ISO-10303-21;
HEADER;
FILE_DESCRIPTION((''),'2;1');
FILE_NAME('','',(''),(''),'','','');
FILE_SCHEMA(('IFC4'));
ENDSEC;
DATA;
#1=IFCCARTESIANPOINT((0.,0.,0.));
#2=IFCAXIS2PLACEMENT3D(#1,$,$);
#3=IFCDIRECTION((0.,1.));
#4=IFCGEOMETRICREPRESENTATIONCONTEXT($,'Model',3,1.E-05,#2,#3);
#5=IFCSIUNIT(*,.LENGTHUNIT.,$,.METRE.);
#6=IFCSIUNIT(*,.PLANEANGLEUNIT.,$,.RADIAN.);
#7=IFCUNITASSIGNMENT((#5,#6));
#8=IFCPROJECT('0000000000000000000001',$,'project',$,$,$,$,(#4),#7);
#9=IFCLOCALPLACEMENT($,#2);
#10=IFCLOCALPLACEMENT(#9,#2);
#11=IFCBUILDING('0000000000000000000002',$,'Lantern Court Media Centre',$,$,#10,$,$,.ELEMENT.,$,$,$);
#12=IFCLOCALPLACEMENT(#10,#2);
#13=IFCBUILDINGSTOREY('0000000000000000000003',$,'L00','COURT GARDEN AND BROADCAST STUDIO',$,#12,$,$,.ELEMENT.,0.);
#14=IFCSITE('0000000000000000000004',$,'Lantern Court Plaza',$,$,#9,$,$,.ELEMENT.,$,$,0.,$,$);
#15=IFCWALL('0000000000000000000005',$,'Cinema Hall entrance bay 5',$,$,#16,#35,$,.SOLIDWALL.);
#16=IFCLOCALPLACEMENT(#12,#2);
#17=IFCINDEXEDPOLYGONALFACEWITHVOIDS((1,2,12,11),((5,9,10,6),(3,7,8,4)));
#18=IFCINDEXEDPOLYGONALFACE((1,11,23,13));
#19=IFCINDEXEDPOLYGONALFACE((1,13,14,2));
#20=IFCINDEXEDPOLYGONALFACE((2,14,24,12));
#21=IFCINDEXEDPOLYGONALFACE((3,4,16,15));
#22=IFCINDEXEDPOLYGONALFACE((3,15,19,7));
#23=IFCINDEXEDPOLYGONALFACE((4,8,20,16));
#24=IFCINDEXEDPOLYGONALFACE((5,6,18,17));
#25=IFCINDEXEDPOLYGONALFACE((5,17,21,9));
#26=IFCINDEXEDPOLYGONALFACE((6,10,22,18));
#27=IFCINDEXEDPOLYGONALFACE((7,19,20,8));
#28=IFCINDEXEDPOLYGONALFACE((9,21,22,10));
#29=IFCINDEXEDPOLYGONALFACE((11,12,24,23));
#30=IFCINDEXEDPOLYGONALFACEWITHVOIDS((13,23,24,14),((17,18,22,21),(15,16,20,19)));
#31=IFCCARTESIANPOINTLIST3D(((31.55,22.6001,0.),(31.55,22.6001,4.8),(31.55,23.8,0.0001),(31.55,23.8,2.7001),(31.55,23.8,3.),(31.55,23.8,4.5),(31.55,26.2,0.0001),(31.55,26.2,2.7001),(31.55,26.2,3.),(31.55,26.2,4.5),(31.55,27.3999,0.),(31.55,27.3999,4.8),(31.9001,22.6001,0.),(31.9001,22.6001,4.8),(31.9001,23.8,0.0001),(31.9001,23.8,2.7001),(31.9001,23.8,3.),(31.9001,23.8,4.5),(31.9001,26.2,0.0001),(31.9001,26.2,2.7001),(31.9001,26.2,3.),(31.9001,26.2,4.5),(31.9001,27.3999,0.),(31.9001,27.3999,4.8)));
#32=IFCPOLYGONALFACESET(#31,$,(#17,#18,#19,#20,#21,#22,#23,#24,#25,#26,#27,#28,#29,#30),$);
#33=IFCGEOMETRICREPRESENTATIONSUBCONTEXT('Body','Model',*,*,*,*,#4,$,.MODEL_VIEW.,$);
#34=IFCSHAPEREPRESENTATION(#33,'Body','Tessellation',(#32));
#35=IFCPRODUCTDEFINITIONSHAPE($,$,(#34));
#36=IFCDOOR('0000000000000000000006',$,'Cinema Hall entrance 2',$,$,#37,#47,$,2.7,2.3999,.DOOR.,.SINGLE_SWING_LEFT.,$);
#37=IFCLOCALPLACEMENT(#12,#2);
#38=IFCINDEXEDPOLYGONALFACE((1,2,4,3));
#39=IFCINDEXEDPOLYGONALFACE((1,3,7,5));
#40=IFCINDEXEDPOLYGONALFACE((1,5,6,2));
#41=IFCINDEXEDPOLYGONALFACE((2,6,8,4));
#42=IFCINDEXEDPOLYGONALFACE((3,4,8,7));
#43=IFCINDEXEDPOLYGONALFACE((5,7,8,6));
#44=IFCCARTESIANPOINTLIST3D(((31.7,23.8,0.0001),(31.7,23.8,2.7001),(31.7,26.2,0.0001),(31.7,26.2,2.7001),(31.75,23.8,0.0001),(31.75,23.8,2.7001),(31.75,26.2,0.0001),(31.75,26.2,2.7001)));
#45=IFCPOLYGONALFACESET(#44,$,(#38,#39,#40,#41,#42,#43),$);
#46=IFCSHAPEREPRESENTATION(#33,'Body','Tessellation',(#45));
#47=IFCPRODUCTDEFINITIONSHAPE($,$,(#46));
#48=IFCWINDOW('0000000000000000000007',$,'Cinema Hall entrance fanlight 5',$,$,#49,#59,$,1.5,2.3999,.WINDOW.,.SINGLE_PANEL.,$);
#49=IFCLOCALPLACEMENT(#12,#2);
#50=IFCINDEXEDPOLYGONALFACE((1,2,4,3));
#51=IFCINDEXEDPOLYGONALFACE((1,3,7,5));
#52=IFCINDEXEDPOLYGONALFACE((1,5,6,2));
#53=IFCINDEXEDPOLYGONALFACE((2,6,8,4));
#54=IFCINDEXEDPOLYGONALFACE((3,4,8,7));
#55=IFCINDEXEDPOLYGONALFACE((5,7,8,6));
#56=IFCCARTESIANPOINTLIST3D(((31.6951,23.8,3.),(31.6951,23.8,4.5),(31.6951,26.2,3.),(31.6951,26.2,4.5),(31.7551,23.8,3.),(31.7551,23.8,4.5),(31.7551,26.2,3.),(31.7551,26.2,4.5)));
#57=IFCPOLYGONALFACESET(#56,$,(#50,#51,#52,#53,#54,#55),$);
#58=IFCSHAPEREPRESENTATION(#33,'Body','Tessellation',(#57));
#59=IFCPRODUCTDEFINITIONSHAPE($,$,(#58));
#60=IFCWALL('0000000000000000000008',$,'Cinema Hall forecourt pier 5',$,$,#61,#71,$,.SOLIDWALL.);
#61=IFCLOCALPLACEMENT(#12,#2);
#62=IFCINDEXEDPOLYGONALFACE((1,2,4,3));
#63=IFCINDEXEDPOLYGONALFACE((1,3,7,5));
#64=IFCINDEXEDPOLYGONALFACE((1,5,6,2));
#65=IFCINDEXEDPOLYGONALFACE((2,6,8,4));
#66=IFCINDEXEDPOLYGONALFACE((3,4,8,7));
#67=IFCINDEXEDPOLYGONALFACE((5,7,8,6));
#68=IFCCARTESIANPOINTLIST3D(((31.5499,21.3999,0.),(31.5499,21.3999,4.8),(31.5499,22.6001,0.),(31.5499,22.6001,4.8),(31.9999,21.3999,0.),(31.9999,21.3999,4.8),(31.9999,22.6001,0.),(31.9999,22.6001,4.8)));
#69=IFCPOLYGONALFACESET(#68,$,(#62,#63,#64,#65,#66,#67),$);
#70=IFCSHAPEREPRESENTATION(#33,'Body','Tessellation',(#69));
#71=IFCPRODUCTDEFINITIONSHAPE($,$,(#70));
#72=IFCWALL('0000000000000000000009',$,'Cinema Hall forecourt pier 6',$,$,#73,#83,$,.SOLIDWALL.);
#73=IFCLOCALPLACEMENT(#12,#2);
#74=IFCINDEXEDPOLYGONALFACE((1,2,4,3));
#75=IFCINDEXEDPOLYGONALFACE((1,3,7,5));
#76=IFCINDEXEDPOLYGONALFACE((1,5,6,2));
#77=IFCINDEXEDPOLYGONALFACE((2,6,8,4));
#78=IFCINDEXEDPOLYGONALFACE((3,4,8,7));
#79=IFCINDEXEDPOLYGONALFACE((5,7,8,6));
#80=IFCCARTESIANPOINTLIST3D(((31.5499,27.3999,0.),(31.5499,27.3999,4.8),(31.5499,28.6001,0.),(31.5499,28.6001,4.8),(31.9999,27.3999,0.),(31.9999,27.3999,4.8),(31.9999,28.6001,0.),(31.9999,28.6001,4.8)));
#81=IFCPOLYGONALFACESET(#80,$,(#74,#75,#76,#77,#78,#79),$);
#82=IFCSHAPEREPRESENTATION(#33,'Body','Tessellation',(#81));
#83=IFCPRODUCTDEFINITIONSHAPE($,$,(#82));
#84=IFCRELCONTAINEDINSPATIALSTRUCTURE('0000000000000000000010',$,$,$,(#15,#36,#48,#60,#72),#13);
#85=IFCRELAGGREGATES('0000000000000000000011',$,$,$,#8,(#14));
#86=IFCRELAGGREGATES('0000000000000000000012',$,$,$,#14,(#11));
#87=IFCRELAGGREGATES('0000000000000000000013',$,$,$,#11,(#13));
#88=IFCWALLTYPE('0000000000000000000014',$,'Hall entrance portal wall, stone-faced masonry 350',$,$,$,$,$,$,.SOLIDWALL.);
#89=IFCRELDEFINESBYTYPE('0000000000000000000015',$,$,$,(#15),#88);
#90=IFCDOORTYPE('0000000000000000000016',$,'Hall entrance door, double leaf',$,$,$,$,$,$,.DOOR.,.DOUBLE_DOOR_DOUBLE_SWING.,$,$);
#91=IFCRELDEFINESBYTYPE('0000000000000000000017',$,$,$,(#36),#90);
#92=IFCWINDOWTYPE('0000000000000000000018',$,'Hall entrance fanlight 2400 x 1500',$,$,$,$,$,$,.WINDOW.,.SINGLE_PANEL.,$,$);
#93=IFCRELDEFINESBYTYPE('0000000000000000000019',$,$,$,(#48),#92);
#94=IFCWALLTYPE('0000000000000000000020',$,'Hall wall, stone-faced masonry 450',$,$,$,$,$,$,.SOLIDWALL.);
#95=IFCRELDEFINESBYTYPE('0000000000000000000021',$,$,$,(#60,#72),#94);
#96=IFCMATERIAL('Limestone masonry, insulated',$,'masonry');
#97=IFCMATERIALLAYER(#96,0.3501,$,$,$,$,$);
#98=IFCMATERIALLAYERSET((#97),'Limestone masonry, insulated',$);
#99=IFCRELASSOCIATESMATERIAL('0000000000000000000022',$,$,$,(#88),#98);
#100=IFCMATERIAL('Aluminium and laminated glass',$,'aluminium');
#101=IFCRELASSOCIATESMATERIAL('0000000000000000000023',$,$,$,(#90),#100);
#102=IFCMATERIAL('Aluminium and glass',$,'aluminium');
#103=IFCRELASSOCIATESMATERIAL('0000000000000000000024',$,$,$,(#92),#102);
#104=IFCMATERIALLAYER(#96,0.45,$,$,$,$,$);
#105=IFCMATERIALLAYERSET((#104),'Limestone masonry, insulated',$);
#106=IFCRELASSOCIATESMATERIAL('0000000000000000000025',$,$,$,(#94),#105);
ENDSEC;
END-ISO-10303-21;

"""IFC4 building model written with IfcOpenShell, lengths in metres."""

from ifc_helpers import new_model, si_unit, direction, frame, frame_2d, origin, place, context, subcontext, project, spatial, rectangle, extrude, material, layer, layer_set, type_object, element, fill, save


model = new_model("IFC4")

# Units and contexts
model_context = context("Model", 3, precision=1e-05, world=origin(), true_north=direction((0.0, 1.0)))
body_context = subcontext(model_context, "Body", "Model", "MODEL_VIEW")
ifc_project = project(units=[si_unit("LENGTHUNIT", "METRE"), si_unit("PLANEANGLEUNIT", "RADIAN")], contexts=[model_context])

# Site, building, storey
site_placement = place(None, origin())
site = spatial("IfcSite", under=ifc_project, at=site_placement, Name="Lantern Court Plaza", CompositionType="ELEMENT", RefElevation=0.0)
building_placement = place(site_placement, origin())
building = spatial("IfcBuilding", under=site, at=building_placement, Name="Lantern Court Media Centre", CompositionType="ELEMENT")
storey_placement = place(building_placement, origin())
storey = spatial("IfcBuildingStorey", under=building, at=storey_placement, Name="L00", Description="COURT GARDEN AND BROADCAST STUDIO", CompositionType="ELEMENT", Elevation=0.0)

# Shared definitions
ifc_material_1 = material(Name="Aluminium and glass", Category="aluminium")

# Wall, openings, door, window
ifc_material_2 = material(Name="Limestone masonry, insulated", Category="masonry")
ifc_layer_1 = layer(ifc_material_2, 0.3501)
ifc_layer_set_1 = layer_set([ifc_layer_1], Name="Limestone masonry, insulated")
wall_type_1 = type_object("IfcWallType", Name="Hall entrance portal wall, stone-faced masonry 350", PredefinedType="SOLIDWALL", material=ifc_layer_set_1)
wall_placement = place(storey_placement, frame((31.7251, 22.6001, 0.0), z_axis=(0.0, 0.0, 1.0), x_axis=(0.0, 1.0, 0.0)))
wall = element("IfcWall", 1, at=wall_placement, inside=storey, type_object=wall_type_1, Name="Cinema Hall entrance bay 5", PredefinedType="SOLIDWALL", context=body_context, shape_type="SweptSolid", body=[
    extrude(rectangle(XDim=4.7998, YDim=0.3501, at=frame_2d((2.3999, 0.0))), origin(), (0.0, 0.0, 1.0), 4.8),
])
opening_1_placement = place(wall_placement, frame((1.2, 0.0, 0.0)))
opening_1 = element("IfcOpeningElement", 2, at=opening_1_placement, cuts=wall, PredefinedType="OPENING", context=body_context, shape_type="SweptSolid", body=[
    extrude(rectangle(XDim=2.3999, YDim=2.7, at=frame_2d((1.2, 1.3501))), frame((0.0, 0.1851, 0.0), z_axis=(0.0, -1.0, 0.0), x_axis=(1.0, 0.0, 0.0)), (0.0, 0.0, 1.0), 0.3701),
])
opening_2_placement = place(wall_placement, frame((1.2, 0.0, 3.0)))
opening_2 = element("IfcOpeningElement", 3, at=opening_2_placement, cuts=wall, PredefinedType="OPENING", context=body_context, shape_type="SweptSolid", body=[
    extrude(rectangle(XDim=2.3999, YDim=1.5, at=frame_2d((1.2, 0.75))), frame((0.0, 0.1851, 0.0), z_axis=(0.0, -1.0, 0.0), x_axis=(1.0, 0.0, 0.0)), (0.0, 0.0, 1.0), 0.3701),
])
ifc_material_3 = material(Name="Aluminium and laminated glass", Category="aluminium")
door_type = type_object("IfcDoorType", Name="Hall entrance door, double leaf", OperationType="DOUBLE_DOOR_DOUBLE_SWING", PredefinedType="DOOR", material=ifc_material_3)
door_placement = place(opening_1_placement, frame((2.3999, 0.0, 0.0), z_axis=(0.0, 0.0, 1.0), x_axis=(-1.0, 0.0, 0.0)))
door = element("IfcDoor", 4, at=door_placement, inside=storey, type_object=door_type, Name="Cinema Hall entrance 2", OperationType="SINGLE_SWING_LEFT", OverallHeight=2.7, OverallWidth=2.3999, PredefinedType="DOOR", context=body_context, shape_type="SweptSolid", body=[
    extrude(rectangle(XDim=2.3999, YDim=2.7, at=frame_2d((1.2, 1.3501))), frame((0.0, 0.0249, 0.0), z_axis=(0.0, -1.0, 0.0), x_axis=(1.0, 0.0, 0.0)), (0.0, 0.0, 1.0), 0.05),
])
fill(opening_1, door)
window_type = type_object("IfcWindowType", Name="Hall entrance fanlight 2400 x 1500", PartitioningType="SINGLE_PANEL", PredefinedType="WINDOW", material=ifc_material_1)
window_placement = place(opening_2_placement, origin())
window = element("IfcWindow", 5, at=window_placement, inside=storey, type_object=window_type, Name="Cinema Hall entrance fanlight 5", OverallHeight=1.5, OverallWidth=2.3999, PartitioningType="SINGLE_PANEL", PredefinedType="WINDOW", context=body_context, shape_type="SweptSolid", body=[
    extrude(rectangle(XDim=2.3999, YDim=1.5, at=frame_2d((1.2, 0.75))), frame((0.0, 0.03, 0.0), z_axis=(0.0, -1.0, 0.0), x_axis=(1.0, 0.0, 0.0)), (0.0, 0.0, 1.0), 0.0601),
])
fill(opening_2, window)

# Walls
ifc_layer_2 = layer(ifc_material_2, 0.45)
ifc_layer_set_2 = layer_set([ifc_layer_2], Name="Limestone masonry, insulated")
wall_type_2 = type_object("IfcWallType", Name="Hall wall, stone-faced masonry 450", PredefinedType="SOLIDWALL", material=ifc_layer_set_2)
for number, where, z_axis, x_axis, name in (
    (6, (31.7749, 21.3999, 0.0), (0.0, 0.0, 1.0), (0.0, 1.0, 0.0), "Cinema Hall forecourt pier 5"),
    (7, (31.7749, 27.3999, 0.0), (0.0, 0.0, 1.0), (0.0, 1.0, 0.0), "Cinema Hall forecourt pier 6"),
):
    element("IfcWall", number, at=place(storey_placement, frame(where, z_axis=z_axis, x_axis=x_axis)), inside=storey, type_object=wall_type_2, Name=name, PredefinedType="SOLIDWALL", context=body_context, shape_type="SweptSolid", body=[
        extrude(rectangle(XDim=1.2002, YDim=0.45, at=frame_2d((0.6001, 0.0))), origin(), (0.0, 0.0, 1.0), 4.8),
    ])

save(model, "model.ifc")
